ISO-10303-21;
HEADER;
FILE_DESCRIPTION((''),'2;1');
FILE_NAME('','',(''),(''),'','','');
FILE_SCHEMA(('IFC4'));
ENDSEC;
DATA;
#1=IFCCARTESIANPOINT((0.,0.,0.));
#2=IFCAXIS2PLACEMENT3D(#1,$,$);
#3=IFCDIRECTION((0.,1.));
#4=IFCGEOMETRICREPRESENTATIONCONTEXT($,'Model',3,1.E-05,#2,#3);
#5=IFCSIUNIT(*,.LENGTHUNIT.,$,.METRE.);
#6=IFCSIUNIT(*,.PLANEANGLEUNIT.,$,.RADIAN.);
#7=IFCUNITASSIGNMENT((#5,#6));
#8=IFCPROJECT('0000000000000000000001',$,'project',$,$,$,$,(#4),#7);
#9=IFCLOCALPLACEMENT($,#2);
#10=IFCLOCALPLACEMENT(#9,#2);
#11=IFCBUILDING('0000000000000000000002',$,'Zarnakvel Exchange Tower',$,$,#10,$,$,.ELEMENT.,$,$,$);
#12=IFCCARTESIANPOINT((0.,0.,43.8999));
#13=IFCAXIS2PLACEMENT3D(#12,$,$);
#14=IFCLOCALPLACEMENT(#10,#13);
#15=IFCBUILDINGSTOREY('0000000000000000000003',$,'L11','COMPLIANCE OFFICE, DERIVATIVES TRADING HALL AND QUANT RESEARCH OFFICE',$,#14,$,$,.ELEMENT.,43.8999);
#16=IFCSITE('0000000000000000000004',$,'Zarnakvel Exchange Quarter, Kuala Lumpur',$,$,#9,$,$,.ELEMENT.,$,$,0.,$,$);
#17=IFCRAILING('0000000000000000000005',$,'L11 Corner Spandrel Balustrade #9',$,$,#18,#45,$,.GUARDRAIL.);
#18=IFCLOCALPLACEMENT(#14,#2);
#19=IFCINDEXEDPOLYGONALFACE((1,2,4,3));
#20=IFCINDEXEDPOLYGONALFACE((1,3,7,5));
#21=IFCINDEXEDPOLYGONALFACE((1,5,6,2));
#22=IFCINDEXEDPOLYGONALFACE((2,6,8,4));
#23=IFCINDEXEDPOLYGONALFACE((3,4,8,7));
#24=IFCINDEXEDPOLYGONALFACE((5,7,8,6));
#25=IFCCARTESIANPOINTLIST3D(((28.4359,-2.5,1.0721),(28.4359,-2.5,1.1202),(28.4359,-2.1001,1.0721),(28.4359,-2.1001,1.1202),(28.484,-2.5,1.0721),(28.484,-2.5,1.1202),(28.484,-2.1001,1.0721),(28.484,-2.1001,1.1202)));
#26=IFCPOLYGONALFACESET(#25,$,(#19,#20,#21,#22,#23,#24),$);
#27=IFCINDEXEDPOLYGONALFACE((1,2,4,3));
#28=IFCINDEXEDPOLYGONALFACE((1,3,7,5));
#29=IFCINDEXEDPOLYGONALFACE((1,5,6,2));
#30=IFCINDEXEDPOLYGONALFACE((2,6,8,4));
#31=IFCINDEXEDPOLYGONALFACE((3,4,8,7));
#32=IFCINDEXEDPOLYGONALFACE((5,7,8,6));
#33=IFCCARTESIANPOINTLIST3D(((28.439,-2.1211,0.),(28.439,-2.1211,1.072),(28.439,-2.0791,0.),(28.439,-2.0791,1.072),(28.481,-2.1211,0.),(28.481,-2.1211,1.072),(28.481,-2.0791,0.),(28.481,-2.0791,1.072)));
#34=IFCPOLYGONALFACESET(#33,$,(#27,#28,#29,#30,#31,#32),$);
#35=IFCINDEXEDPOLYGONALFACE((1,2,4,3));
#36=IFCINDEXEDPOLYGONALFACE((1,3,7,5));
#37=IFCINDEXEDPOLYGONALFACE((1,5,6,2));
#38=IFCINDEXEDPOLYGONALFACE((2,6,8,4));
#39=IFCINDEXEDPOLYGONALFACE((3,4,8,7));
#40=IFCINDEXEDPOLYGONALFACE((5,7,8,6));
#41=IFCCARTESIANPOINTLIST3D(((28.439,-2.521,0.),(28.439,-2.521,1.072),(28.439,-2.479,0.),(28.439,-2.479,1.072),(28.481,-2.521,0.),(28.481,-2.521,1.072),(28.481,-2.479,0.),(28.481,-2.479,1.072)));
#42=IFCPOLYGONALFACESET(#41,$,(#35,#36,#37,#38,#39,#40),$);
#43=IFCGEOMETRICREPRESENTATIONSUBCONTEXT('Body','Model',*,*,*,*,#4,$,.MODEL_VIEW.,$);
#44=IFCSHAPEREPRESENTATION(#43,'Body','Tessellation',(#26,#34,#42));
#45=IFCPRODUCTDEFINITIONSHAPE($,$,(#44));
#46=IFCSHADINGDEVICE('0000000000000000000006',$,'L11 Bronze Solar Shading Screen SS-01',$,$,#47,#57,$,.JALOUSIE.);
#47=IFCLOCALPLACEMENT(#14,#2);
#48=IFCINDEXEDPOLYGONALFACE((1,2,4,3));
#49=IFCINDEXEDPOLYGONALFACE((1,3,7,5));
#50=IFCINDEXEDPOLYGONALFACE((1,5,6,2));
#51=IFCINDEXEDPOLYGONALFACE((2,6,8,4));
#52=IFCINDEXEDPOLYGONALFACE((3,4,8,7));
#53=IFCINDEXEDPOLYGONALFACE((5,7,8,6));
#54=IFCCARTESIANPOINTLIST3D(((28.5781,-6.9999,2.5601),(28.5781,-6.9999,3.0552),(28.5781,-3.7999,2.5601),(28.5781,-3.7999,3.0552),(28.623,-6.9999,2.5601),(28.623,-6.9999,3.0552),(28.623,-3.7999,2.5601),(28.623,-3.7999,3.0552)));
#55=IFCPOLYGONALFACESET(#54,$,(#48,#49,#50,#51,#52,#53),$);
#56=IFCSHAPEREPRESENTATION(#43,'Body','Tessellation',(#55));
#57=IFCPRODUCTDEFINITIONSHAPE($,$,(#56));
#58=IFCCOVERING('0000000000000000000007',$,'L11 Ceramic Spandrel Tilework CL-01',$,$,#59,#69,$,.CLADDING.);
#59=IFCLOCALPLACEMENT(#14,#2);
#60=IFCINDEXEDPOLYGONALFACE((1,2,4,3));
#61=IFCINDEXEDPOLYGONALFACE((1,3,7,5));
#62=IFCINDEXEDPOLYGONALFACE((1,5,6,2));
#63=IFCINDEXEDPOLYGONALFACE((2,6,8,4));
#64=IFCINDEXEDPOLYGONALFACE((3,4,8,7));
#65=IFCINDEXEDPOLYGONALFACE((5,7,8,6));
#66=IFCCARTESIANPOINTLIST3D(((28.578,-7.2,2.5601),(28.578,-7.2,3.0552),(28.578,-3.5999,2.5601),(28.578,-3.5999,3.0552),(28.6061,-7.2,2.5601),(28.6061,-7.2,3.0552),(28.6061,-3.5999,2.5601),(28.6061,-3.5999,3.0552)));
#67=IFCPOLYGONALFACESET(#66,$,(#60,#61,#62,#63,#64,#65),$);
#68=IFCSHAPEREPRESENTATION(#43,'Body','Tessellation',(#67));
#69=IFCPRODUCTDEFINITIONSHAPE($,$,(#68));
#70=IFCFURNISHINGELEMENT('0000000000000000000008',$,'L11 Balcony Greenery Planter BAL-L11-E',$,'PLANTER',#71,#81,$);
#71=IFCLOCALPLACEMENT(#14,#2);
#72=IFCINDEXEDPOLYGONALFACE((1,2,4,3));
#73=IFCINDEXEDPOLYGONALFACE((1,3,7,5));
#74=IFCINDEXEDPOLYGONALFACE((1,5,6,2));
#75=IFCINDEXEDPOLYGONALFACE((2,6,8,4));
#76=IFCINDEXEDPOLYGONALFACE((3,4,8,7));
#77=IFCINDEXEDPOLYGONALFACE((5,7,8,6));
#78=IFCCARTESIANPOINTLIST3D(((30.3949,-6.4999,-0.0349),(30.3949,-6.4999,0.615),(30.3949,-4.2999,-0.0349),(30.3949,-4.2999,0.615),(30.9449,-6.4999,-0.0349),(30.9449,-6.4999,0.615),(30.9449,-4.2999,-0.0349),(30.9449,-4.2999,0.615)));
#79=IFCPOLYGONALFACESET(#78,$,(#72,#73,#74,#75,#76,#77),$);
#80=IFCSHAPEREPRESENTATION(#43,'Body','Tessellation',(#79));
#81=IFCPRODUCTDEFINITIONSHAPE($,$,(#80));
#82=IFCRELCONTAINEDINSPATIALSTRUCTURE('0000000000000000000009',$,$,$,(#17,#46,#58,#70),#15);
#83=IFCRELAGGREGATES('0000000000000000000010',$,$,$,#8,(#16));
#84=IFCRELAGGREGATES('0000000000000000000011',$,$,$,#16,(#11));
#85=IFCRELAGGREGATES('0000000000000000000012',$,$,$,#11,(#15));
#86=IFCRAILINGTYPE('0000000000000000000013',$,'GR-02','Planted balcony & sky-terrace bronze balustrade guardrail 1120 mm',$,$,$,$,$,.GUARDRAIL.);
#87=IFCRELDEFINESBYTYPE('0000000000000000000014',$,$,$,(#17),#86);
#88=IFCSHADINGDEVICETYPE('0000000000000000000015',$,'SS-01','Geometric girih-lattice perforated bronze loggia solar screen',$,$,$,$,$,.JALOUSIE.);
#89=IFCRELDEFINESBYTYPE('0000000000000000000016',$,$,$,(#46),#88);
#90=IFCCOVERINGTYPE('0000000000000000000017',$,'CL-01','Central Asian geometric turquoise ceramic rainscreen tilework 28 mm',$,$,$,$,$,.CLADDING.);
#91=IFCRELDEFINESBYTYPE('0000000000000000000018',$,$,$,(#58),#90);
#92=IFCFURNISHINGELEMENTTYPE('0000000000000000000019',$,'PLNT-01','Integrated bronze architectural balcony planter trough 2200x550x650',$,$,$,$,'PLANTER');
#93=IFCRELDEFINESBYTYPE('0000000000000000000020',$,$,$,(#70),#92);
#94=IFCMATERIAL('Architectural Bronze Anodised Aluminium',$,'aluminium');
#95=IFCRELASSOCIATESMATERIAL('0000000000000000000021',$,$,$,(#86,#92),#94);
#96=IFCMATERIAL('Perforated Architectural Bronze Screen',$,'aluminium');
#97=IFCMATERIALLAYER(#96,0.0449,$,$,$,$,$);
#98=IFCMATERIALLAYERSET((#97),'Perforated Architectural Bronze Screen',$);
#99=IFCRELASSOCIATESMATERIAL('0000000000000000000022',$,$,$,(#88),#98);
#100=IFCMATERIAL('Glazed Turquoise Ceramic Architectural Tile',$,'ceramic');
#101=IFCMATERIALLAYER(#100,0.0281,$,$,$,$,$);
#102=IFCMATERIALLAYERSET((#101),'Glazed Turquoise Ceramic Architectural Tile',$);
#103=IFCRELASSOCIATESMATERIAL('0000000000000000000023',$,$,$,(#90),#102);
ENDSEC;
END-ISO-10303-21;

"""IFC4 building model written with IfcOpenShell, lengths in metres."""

from ifc_helpers import new_model, si_unit, direction, frame, origin, origin_2d, place, context, subcontext, project, spatial, rectangle, extrude, source, transform, mapped, material, layer, layer_set, type_object, element, save


model = new_model("IFC4")

# Units and contexts
model_context = context("Model", 3, precision=1e-05, world=origin(), true_north=direction((0.0, 1.0)))
body_context = subcontext(model_context, "Body", "Model", "MODEL_VIEW")
ifc_project = project(units=[si_unit("LENGTHUNIT", "METRE"), si_unit("PLANEANGLEUNIT", "RADIAN")], contexts=[model_context])

# Site, building, storey
site_placement = place(None, origin())
site = spatial("IfcSite", under=ifc_project, at=site_placement, Name="Zarnakvel Exchange Quarter, Kuala Lumpur", CompositionType="ELEMENT", RefElevation=0.0)
building_placement = place(site_placement, origin())
building = spatial("IfcBuilding", under=site, at=building_placement, Name="Zarnakvel Exchange Tower", CompositionType="ELEMENT")
storey_placement = place(building_placement, frame((0.0, 0.0, 43.8999)))
storey = spatial("IfcBuildingStorey", under=building, at=storey_placement, Name="L11", Description="COMPLIANCE OFFICE, DERIVATIVES TRADING HALL AND QUANT RESEARCH OFFICE", CompositionType="ELEMENT", Elevation=43.8999)

# Shared definitions
ifc_material_1 = material(Name="Architectural Bronze Anodised Aluminium", Category="aluminium")

# Railing
railing_type = type_object("IfcRailingType", Name="GR-02", Description="Planted balcony & sky-terrace bronze balustrade guardrail 1120 mm", PredefinedType="GUARDRAIL", material=ifc_material_1)
railing_placement = place(storey_placement, frame((28.46, -2.1001, 0.0)))
element("IfcRailing", 1, at=railing_placement, inside=storey, type_object=railing_type, Name="L11 Corner Spandrel Balustrade #9", PredefinedType="GUARDRAIL", context=body_context, shape_type="SweptSolid", body=[
    extrude(rectangle(XDim=0.0481, YDim=0.0481, at=origin_2d()), frame((0.0, 0.0, 1.0962), z_axis=(0.0, -1.0, 0.0), x_axis=(1.0, 0.0, 0.0)), (0.0, 0.0, 1.0), 0.3999),
    extrude(rectangle(XDim=0.042, YDim=0.042, at=origin_2d()), origin(), (0.0, 0.0, 1.0), 1.072),
    extrude(rectangle(XDim=0.042, YDim=0.042, at=origin_2d()), frame((0.0, -0.3999, 0.0)), (0.0, 0.0, 1.0), 1.072),
])

# Shading device
ifc_material_2 = material(Name="Perforated Architectural Bronze Screen", Category="aluminium")
ifc_layer_1 = layer(ifc_material_2, 0.0449)
ifc_layer_set_1 = layer_set([ifc_layer_1], Name="Perforated Architectural Bronze Screen")
shading_device_type = type_object("IfcShadingDeviceType", Name="SS-01", Description="Geometric girih-lattice perforated bronze loggia solar screen", PredefinedType="JALOUSIE", material=ifc_layer_set_1)
shared_shape_1 = source(origin(), body_context, "Body", "SweptSolid", [
    extrude(rectangle(XDim=3.2, YDim=0.0449, at=origin_2d()), origin(), (0.0, 0.0, 1.0), 0.4951),
])
shading_device_placement = place(storey_placement, frame((28.6006, -5.3999, 2.5601), z_axis=(0.0, 0.0, 1.0), x_axis=(0.0, -1.0, 0.0)))
element("IfcShadingDevice", 2, at=shading_device_placement, inside=storey, type_object=shading_device_type, Name="L11 Bronze Solar Shading Screen SS-01", PredefinedType="JALOUSIE", context=body_context, shape_type="MappedRepresentation", body=[
    mapped(shared_shape_1, transform((0.0, 0.0, 0.0), x_axis=(1.0, 0.0, 0.0), y_axis=(0.0, 1.0, 0.0), z_axis=(0.0, 0.0, 1.0), scale=1.0)),
])

# Covering
ifc_material_3 = material(Name="Glazed Turquoise Ceramic Architectural Tile", Category="ceramic")
ifc_layer_2 = layer(ifc_material_3, 0.0281)
ifc_layer_set_2 = layer_set([ifc_layer_2], Name="Glazed Turquoise Ceramic Architectural Tile")
covering_type = type_object("IfcCoveringType", Name="CL-01", Description="Central Asian geometric turquoise ceramic rainscreen tilework 28 mm", PredefinedType="CLADDING", material=ifc_layer_set_2)
shared_shape_2 = source(origin(), body_context, "Body", "SweptSolid", [
    extrude(rectangle(XDim=3.6001, YDim=0.0281, at=origin_2d()), origin(), (0.0, 0.0, 1.0), 0.4951),
])
covering_placement = place(storey_placement, frame((28.592, -5.3999, 2.5601), z_axis=(0.0, 0.0, 1.0), x_axis=(0.0, -1.0, 0.0)))
element("IfcCovering", 3, at=covering_placement, inside=storey, type_object=covering_type, Name="L11 Ceramic Spandrel Tilework CL-01", PredefinedType="CLADDING", context=body_context, shape_type="MappedRepresentation", body=[
    mapped(shared_shape_2, transform((0.0, 0.0, 0.0), x_axis=(1.0, 0.0, 0.0), y_axis=(0.0, 1.0, 0.0), z_axis=(0.0, 0.0, 1.0), scale=1.0)),
])

# Furnishing element
furnishing_element_type = type_object("IfcFurnishingElementType", Name="PLNT-01", Description="Integrated bronze architectural balcony planter trough 2200x550x650", ElementType="PLANTER", material=ifc_material_1)
shared_shape_3 = source(origin(), body_context, "Body", "SweptSolid", [
    extrude(rectangle(XDim=2.2, YDim=0.55, at=origin_2d()), origin(), (0.0, 0.0, 1.0), 0.6499),
])
furnishing_placement = place(storey_placement, frame((30.6699, -5.3999, -0.0349), z_axis=(0.0, 0.0, 1.0), x_axis=(0.0, 1.0, 0.0)))
element("IfcFurnishingElement", 4, at=furnishing_placement, inside=storey, type_object=furnishing_element_type, Name="L11 Balcony Greenery Planter BAL-L11-E", ObjectType="PLANTER", context=body_context, shape_type="MappedRepresentation", body=[
    mapped(shared_shape_3, transform((0.0, 0.0, 0.0), x_axis=(1.0, 0.0, 0.0), y_axis=(0.0, 1.0, 0.0), z_axis=(0.0, 0.0, 1.0), scale=1.0)),
])

save(model, "model.ifc")
